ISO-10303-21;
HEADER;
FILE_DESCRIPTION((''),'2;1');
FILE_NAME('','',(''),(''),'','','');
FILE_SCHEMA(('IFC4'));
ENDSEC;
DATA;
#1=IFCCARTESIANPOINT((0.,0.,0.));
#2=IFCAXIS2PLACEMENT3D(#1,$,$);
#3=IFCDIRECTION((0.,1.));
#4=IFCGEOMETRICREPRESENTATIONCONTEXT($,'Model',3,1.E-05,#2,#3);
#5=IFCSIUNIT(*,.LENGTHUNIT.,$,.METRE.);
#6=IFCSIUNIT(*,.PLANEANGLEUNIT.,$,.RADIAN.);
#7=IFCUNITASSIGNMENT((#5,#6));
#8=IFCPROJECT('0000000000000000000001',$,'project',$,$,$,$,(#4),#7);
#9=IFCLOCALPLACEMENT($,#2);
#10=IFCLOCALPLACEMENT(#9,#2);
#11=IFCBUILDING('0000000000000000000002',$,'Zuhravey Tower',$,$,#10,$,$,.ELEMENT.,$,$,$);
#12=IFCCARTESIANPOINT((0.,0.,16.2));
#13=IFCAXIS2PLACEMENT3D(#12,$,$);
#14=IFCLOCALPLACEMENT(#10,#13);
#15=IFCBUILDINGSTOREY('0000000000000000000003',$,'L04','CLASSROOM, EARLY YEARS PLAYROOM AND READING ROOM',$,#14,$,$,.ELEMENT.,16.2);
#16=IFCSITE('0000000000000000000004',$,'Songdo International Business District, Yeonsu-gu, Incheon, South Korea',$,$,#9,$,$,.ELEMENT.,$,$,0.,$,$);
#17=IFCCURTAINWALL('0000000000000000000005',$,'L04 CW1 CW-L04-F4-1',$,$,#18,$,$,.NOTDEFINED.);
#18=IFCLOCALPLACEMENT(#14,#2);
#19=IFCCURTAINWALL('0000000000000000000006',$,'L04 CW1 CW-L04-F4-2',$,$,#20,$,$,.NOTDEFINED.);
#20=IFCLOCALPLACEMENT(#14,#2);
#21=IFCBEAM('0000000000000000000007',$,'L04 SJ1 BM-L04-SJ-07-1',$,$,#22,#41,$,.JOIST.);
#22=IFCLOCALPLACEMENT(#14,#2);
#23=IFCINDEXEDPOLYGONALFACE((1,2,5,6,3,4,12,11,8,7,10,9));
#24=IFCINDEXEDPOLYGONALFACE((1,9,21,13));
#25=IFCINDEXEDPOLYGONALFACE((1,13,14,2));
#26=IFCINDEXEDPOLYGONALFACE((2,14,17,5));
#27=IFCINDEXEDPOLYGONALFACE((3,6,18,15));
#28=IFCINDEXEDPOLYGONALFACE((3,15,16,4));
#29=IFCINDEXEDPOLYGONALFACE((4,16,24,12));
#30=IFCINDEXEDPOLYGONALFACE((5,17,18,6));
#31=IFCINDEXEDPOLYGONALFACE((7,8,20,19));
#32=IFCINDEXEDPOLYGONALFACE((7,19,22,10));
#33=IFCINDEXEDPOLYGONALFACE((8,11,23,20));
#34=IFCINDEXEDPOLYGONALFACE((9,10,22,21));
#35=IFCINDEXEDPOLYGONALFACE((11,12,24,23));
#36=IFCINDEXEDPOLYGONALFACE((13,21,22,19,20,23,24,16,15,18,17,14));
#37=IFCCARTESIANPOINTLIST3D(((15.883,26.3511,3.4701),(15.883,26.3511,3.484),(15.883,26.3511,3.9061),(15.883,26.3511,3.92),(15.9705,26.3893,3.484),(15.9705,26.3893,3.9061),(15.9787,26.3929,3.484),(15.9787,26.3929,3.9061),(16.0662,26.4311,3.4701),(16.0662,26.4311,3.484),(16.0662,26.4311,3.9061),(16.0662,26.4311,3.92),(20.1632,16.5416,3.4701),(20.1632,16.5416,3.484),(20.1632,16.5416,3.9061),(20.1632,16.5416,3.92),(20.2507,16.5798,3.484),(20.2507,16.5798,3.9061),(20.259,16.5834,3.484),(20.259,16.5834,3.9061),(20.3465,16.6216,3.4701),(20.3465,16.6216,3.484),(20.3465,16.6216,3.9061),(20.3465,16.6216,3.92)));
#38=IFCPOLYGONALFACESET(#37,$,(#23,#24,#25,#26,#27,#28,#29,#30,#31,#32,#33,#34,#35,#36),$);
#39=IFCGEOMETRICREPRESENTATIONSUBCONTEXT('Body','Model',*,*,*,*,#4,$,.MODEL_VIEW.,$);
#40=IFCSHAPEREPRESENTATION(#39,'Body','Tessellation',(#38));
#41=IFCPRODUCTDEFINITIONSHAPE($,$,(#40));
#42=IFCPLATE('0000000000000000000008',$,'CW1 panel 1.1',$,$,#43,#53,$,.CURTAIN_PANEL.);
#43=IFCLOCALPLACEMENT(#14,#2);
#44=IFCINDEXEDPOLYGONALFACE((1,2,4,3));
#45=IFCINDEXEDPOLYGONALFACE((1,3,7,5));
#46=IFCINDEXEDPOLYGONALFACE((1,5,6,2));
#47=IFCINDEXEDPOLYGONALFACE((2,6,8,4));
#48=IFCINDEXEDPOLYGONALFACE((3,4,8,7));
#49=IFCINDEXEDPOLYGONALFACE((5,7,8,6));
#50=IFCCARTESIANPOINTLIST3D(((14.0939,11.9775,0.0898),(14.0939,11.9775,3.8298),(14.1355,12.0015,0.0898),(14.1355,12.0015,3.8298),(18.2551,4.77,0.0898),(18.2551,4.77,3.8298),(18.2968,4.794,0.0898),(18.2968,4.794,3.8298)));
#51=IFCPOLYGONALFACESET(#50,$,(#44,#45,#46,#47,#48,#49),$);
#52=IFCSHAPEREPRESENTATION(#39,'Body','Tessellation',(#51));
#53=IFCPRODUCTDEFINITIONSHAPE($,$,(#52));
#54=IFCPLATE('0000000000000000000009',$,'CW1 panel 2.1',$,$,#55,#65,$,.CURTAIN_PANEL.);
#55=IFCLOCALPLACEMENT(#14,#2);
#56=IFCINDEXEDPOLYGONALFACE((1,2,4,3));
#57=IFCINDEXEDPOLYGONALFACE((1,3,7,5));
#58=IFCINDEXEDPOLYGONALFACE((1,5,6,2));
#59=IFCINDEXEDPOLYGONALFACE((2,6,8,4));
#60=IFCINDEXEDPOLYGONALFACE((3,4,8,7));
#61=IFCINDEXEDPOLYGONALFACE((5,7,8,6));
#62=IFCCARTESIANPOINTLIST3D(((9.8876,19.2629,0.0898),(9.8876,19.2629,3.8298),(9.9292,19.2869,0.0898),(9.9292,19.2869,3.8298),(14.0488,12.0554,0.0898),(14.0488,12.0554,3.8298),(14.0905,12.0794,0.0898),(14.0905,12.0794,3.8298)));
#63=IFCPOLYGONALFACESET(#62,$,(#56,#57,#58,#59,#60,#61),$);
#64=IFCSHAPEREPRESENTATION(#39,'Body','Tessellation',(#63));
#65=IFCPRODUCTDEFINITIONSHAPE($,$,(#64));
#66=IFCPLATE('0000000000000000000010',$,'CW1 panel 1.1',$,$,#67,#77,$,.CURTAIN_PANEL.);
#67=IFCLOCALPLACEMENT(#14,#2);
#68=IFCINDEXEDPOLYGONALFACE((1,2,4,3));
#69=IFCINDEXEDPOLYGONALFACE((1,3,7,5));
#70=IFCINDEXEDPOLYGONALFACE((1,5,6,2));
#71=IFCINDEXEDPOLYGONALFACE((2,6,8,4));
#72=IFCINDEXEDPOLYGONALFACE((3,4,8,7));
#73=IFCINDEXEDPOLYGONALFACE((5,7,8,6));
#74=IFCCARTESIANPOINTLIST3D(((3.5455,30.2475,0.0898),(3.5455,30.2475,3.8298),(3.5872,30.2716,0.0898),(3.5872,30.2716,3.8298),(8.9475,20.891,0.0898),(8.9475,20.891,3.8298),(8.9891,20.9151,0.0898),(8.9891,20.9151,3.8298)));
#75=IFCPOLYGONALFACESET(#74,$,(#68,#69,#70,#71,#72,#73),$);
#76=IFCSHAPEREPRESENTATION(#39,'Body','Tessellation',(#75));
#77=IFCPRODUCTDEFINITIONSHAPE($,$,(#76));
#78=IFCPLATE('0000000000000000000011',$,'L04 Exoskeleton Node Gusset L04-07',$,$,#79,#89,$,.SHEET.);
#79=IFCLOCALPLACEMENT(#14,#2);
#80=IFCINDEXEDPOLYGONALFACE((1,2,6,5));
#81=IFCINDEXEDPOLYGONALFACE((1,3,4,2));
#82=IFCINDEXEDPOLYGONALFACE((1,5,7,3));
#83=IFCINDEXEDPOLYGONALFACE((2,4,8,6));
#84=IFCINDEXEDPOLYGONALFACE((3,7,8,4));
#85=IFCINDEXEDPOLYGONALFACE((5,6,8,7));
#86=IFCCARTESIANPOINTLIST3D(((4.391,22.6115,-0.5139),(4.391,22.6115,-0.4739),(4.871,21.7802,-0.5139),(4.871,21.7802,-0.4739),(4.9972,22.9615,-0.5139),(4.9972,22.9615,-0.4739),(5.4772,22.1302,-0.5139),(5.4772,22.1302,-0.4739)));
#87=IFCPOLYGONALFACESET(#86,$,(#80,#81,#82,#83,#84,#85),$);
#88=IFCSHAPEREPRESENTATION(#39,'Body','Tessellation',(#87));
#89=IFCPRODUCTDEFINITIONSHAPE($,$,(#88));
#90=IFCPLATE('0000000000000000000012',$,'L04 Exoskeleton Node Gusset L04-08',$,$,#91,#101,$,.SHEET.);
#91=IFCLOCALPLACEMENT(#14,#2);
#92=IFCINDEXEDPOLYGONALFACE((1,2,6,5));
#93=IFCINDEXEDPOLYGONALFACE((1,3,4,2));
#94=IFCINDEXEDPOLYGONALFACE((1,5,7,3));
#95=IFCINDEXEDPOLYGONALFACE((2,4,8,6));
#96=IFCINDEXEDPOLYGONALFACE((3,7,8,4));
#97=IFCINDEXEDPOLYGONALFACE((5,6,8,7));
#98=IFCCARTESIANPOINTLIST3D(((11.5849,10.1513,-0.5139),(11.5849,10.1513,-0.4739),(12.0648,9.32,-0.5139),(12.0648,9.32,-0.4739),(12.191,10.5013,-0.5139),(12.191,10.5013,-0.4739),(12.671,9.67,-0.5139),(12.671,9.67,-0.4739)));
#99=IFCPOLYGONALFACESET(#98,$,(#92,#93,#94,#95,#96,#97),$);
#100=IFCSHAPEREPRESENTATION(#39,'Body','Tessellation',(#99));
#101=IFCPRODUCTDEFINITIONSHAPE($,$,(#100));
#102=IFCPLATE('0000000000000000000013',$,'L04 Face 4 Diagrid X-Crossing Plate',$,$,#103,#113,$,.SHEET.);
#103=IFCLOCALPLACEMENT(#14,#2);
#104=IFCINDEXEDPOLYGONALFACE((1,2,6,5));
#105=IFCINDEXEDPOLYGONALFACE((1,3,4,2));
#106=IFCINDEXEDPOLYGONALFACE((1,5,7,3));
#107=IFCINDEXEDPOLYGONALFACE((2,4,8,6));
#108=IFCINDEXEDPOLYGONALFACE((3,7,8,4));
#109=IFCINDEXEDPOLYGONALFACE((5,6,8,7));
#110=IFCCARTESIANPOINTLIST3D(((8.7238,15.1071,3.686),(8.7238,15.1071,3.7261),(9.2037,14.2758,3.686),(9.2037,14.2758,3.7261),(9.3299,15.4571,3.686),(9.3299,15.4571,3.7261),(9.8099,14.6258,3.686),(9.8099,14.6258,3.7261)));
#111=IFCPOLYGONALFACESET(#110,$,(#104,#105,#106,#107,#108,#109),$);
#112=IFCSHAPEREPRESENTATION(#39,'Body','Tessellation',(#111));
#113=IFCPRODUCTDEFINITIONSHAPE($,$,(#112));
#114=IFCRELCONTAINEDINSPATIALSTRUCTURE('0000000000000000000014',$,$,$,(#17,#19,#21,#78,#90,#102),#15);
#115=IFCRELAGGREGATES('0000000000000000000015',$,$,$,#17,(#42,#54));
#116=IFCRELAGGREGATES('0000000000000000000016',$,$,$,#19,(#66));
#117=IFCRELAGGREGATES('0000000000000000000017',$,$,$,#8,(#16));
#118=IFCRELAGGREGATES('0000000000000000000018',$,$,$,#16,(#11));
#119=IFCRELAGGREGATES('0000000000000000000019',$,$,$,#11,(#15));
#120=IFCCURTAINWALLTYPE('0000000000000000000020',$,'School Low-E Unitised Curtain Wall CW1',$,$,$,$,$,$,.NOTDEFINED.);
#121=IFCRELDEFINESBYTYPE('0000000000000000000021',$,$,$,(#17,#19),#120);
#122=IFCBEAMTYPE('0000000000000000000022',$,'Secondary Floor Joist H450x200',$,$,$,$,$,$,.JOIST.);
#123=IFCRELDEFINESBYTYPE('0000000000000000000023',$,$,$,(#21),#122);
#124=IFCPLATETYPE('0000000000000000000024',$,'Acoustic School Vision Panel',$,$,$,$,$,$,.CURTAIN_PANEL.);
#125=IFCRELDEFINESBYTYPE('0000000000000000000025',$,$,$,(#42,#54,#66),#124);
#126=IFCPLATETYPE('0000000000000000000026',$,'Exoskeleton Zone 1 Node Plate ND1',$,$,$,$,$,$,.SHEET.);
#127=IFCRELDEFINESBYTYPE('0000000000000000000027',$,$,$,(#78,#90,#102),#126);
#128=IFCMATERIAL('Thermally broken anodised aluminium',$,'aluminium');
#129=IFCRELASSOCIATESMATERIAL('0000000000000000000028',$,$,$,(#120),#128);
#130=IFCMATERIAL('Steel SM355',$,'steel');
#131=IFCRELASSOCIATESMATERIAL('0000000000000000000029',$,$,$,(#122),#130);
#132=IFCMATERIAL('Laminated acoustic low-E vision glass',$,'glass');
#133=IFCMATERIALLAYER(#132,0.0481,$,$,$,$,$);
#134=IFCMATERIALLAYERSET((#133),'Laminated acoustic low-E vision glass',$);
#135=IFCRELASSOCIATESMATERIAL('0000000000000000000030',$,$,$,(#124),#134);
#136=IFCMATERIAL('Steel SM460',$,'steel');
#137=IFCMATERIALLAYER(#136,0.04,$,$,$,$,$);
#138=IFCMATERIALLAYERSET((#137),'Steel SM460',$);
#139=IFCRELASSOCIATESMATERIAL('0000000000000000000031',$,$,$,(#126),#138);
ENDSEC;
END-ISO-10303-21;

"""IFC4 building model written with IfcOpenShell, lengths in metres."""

from ifc_helpers import new_model, si_unit, direction, frame, origin, origin_2d, place, context, subcontext, project, spatial, rectangle, i_section, extrude, material, layer, layer_set, material_profile, profile_set, type_object, element, aggregate, save


model = new_model("IFC4")

# Units and contexts
model_context = context("Model", 3, precision=1e-05, world=origin(), true_north=direction((0.0, 1.0)))
body_context = subcontext(model_context, "Body", "Model", "MODEL_VIEW")
ifc_project = project(units=[si_unit("LENGTHUNIT", "METRE"), si_unit("PLANEANGLEUNIT", "RADIAN")], contexts=[model_context])

# Site, building, storey
site_placement = place(None, origin())
site = spatial("IfcSite", under=ifc_project, at=site_placement, Name="Songdo International Business District, Yeonsu-gu, Incheon, South Korea", CompositionType="ELEMENT", RefElevation=0.0)
building_placement = place(site_placement, origin())
building = spatial("IfcBuilding", under=site, at=building_placement, Name="Zuhravey Tower", CompositionType="ELEMENT")
storey_placement = place(building_placement, frame((0.0, 0.0, 16.2)))
storey = spatial("IfcBuildingStorey", under=building, at=storey_placement, Name="L04", Description="CLASSROOM, EARLY YEARS PLAYROOM AND READING ROOM", CompositionType="ELEMENT", Elevation=16.2)

# Curtain walls
ifc_material_1 = material(Name="Thermally broken anodised aluminium", Category="aluminium")
curtain_wall_type = type_object("IfcCurtainWallType", Name="School Low-E Unitised Curtain Wall CW1", PredefinedType="NOTDEFINED", material=ifc_material_1)
curtain_wall_1_placement = place(storey_placement, origin())
curtain_wall_1 = element("IfcCurtainWall", 1, at=curtain_wall_1_placement, inside=storey, type_object=curtain_wall_type, Name="L04 CW1 CW-L04-F4-1", PredefinedType="NOTDEFINED")
curtain_wall_2_placement = place(storey_placement, origin())
curtain_wall_2 = element("IfcCurtainWall", 2, at=curtain_wall_2_placement, inside=storey, type_object=curtain_wall_type, Name="L04 CW1 CW-L04-F4-2", PredefinedType="NOTDEFINED")

# Shared definitions
ifc_material_2 = material(Name="Steel SM355", Category="steel")
ifc_material_3 = material(Name="Steel SM460", Category="steel")

# Beam
ifc_material_profile_1 = material_profile(ifc_material_2, i_section(OverallWidth=0.2, OverallDepth=0.45, WebThickness=0.009, FlangeThickness=0.0139, at=origin_2d()), Name="H-450x200x9x14")
ifc_profile_set_1 = profile_set([ifc_material_profile_1], Name="Steel SM355")
beam_type_1 = type_object("IfcBeamType", Name="Secondary Floor Joist H450x200", PredefinedType="JOIST", material=ifc_profile_set_1)
beam_1_placement = place(storey_placement, frame((15.9746, 26.3911, 3.6951), z_axis=(0.399924, -0.916549, 0.0), x_axis=(0.916549, 0.399924, 0.0)))
element("IfcBeam", 3, at=beam_1_placement, inside=storey, type_object=beam_type_1, Name="L04 SJ1 BM-L04-SJ-07-1", PredefinedType="JOIST", context=body_context, shape_type="SweptSolid", body=[
    extrude(i_section(OverallWidth=0.2, OverallDepth=0.45, WebThickness=0.009, FlangeThickness=0.0139, at=origin_2d()), origin(), (0.0, 0.0, 1.0), 10.7026),
])

# Plates
ifc_material_4 = material(Name="Laminated acoustic low-E vision glass", Category="glass")
ifc_layer_1 = layer(ifc_material_4, 0.0481)
ifc_layer_set_1 = layer_set([ifc_layer_1], Name="Laminated acoustic low-E vision glass")
plate_type_1 = type_object("IfcPlateType", Name="Acoustic School Vision Panel", PredefinedType="CURTAIN_PANEL", material=ifc_layer_set_1)
plate_1_placement = place(storey_placement, frame((16.1953, 8.3857, 0.0898), z_axis=(0.0, 0.0, 1.0), x_axis=(-0.5, 0.866026, 0.0)))
plate_1 = element("IfcPlate", 4, at=plate_1_placement, type_object=plate_type_1, Name="CW1 panel 1.1", PredefinedType="CURTAIN_PANEL", context=body_context, shape_type="SweptSolid", body=[
    extrude(rectangle(XDim=8.3225, YDim=0.0481, at=origin_2d()), origin(), (0.0, 0.0, 1.0), 3.74),
])
plate_2_placement = place(storey_placement, frame((11.989, 15.6711, 0.0898), z_axis=(0.0, 0.0, 1.0), x_axis=(-0.5, 0.866026, 0.0)))
plate_2 = element("IfcPlate", 5, at=plate_2_placement, type_object=plate_type_1, Name="CW1 panel 2.1", PredefinedType="CURTAIN_PANEL", context=body_context, shape_type="SweptSolid", body=[
    extrude(rectangle(XDim=8.3225, YDim=0.0481, at=origin_2d()), origin(), (0.0, 0.0, 1.0), 3.74),
])
aggregate(curtain_wall_1, [plate_1, plate_2])
plate_3_placement = place(storey_placement, frame((6.2673, 25.5813, 0.0898), z_axis=(0.0, 0.0, 1.0), x_axis=(-0.499998, 0.866027, 0.0)))
plate_3 = element("IfcPlate", 6, at=plate_3_placement, type_object=plate_type_1, Name="CW1 panel 1.1", PredefinedType="CURTAIN_PANEL", context=body_context, shape_type="SweptSolid", body=[
    extrude(rectangle(XDim=10.804, YDim=0.0481, at=origin_2d()), origin(), (0.0, 0.0, 1.0), 3.74),
])
aggregate(curtain_wall_2, [plate_3])

# Plates
ifc_layer_2 = layer(ifc_material_3, 0.04)
ifc_layer_set_2 = layer_set([ifc_layer_2], Name="Steel SM460")
plate_type_2 = type_object("IfcPlateType", Name="Exoskeleton Zone 1 Node Plate ND1", PredefinedType="SHEET", material=ifc_layer_set_2)
for number, where, z_axis, x_axis, name in (
    (7, (4.9341, 22.3708, -0.5139), (0.0, 0.0, 1.0), (0.5, -0.866025, 0.0), "L04 Exoskeleton Node Gusset L04-07"),
    (8, (12.1279, 9.9106, -0.5139), (0.0, 0.0, 1.0), (0.5, -0.866025, 0.0), "L04 Exoskeleton Node Gusset L04-08"),
    (9, (9.2668, 14.8665, 3.686), (0.0, 0.0, 1.0), (0.5, -0.866025, 0.0), "L04 Face 4 Diagrid X-Crossing Plate"),
):
    element("IfcPlate", number, at=place(storey_placement, frame(where, z_axis=z_axis, x_axis=x_axis)), inside=storey, type_object=plate_type_2, Name=name, PredefinedType="SHEET", context=body_context, shape_type="SweptSolid", body=[
        extrude(rectangle(XDim=0.96, YDim=0.7, at=origin_2d()), origin(), (0.0, 0.0, 1.0), 0.04),
    ])

save(model, "model.ifc")
